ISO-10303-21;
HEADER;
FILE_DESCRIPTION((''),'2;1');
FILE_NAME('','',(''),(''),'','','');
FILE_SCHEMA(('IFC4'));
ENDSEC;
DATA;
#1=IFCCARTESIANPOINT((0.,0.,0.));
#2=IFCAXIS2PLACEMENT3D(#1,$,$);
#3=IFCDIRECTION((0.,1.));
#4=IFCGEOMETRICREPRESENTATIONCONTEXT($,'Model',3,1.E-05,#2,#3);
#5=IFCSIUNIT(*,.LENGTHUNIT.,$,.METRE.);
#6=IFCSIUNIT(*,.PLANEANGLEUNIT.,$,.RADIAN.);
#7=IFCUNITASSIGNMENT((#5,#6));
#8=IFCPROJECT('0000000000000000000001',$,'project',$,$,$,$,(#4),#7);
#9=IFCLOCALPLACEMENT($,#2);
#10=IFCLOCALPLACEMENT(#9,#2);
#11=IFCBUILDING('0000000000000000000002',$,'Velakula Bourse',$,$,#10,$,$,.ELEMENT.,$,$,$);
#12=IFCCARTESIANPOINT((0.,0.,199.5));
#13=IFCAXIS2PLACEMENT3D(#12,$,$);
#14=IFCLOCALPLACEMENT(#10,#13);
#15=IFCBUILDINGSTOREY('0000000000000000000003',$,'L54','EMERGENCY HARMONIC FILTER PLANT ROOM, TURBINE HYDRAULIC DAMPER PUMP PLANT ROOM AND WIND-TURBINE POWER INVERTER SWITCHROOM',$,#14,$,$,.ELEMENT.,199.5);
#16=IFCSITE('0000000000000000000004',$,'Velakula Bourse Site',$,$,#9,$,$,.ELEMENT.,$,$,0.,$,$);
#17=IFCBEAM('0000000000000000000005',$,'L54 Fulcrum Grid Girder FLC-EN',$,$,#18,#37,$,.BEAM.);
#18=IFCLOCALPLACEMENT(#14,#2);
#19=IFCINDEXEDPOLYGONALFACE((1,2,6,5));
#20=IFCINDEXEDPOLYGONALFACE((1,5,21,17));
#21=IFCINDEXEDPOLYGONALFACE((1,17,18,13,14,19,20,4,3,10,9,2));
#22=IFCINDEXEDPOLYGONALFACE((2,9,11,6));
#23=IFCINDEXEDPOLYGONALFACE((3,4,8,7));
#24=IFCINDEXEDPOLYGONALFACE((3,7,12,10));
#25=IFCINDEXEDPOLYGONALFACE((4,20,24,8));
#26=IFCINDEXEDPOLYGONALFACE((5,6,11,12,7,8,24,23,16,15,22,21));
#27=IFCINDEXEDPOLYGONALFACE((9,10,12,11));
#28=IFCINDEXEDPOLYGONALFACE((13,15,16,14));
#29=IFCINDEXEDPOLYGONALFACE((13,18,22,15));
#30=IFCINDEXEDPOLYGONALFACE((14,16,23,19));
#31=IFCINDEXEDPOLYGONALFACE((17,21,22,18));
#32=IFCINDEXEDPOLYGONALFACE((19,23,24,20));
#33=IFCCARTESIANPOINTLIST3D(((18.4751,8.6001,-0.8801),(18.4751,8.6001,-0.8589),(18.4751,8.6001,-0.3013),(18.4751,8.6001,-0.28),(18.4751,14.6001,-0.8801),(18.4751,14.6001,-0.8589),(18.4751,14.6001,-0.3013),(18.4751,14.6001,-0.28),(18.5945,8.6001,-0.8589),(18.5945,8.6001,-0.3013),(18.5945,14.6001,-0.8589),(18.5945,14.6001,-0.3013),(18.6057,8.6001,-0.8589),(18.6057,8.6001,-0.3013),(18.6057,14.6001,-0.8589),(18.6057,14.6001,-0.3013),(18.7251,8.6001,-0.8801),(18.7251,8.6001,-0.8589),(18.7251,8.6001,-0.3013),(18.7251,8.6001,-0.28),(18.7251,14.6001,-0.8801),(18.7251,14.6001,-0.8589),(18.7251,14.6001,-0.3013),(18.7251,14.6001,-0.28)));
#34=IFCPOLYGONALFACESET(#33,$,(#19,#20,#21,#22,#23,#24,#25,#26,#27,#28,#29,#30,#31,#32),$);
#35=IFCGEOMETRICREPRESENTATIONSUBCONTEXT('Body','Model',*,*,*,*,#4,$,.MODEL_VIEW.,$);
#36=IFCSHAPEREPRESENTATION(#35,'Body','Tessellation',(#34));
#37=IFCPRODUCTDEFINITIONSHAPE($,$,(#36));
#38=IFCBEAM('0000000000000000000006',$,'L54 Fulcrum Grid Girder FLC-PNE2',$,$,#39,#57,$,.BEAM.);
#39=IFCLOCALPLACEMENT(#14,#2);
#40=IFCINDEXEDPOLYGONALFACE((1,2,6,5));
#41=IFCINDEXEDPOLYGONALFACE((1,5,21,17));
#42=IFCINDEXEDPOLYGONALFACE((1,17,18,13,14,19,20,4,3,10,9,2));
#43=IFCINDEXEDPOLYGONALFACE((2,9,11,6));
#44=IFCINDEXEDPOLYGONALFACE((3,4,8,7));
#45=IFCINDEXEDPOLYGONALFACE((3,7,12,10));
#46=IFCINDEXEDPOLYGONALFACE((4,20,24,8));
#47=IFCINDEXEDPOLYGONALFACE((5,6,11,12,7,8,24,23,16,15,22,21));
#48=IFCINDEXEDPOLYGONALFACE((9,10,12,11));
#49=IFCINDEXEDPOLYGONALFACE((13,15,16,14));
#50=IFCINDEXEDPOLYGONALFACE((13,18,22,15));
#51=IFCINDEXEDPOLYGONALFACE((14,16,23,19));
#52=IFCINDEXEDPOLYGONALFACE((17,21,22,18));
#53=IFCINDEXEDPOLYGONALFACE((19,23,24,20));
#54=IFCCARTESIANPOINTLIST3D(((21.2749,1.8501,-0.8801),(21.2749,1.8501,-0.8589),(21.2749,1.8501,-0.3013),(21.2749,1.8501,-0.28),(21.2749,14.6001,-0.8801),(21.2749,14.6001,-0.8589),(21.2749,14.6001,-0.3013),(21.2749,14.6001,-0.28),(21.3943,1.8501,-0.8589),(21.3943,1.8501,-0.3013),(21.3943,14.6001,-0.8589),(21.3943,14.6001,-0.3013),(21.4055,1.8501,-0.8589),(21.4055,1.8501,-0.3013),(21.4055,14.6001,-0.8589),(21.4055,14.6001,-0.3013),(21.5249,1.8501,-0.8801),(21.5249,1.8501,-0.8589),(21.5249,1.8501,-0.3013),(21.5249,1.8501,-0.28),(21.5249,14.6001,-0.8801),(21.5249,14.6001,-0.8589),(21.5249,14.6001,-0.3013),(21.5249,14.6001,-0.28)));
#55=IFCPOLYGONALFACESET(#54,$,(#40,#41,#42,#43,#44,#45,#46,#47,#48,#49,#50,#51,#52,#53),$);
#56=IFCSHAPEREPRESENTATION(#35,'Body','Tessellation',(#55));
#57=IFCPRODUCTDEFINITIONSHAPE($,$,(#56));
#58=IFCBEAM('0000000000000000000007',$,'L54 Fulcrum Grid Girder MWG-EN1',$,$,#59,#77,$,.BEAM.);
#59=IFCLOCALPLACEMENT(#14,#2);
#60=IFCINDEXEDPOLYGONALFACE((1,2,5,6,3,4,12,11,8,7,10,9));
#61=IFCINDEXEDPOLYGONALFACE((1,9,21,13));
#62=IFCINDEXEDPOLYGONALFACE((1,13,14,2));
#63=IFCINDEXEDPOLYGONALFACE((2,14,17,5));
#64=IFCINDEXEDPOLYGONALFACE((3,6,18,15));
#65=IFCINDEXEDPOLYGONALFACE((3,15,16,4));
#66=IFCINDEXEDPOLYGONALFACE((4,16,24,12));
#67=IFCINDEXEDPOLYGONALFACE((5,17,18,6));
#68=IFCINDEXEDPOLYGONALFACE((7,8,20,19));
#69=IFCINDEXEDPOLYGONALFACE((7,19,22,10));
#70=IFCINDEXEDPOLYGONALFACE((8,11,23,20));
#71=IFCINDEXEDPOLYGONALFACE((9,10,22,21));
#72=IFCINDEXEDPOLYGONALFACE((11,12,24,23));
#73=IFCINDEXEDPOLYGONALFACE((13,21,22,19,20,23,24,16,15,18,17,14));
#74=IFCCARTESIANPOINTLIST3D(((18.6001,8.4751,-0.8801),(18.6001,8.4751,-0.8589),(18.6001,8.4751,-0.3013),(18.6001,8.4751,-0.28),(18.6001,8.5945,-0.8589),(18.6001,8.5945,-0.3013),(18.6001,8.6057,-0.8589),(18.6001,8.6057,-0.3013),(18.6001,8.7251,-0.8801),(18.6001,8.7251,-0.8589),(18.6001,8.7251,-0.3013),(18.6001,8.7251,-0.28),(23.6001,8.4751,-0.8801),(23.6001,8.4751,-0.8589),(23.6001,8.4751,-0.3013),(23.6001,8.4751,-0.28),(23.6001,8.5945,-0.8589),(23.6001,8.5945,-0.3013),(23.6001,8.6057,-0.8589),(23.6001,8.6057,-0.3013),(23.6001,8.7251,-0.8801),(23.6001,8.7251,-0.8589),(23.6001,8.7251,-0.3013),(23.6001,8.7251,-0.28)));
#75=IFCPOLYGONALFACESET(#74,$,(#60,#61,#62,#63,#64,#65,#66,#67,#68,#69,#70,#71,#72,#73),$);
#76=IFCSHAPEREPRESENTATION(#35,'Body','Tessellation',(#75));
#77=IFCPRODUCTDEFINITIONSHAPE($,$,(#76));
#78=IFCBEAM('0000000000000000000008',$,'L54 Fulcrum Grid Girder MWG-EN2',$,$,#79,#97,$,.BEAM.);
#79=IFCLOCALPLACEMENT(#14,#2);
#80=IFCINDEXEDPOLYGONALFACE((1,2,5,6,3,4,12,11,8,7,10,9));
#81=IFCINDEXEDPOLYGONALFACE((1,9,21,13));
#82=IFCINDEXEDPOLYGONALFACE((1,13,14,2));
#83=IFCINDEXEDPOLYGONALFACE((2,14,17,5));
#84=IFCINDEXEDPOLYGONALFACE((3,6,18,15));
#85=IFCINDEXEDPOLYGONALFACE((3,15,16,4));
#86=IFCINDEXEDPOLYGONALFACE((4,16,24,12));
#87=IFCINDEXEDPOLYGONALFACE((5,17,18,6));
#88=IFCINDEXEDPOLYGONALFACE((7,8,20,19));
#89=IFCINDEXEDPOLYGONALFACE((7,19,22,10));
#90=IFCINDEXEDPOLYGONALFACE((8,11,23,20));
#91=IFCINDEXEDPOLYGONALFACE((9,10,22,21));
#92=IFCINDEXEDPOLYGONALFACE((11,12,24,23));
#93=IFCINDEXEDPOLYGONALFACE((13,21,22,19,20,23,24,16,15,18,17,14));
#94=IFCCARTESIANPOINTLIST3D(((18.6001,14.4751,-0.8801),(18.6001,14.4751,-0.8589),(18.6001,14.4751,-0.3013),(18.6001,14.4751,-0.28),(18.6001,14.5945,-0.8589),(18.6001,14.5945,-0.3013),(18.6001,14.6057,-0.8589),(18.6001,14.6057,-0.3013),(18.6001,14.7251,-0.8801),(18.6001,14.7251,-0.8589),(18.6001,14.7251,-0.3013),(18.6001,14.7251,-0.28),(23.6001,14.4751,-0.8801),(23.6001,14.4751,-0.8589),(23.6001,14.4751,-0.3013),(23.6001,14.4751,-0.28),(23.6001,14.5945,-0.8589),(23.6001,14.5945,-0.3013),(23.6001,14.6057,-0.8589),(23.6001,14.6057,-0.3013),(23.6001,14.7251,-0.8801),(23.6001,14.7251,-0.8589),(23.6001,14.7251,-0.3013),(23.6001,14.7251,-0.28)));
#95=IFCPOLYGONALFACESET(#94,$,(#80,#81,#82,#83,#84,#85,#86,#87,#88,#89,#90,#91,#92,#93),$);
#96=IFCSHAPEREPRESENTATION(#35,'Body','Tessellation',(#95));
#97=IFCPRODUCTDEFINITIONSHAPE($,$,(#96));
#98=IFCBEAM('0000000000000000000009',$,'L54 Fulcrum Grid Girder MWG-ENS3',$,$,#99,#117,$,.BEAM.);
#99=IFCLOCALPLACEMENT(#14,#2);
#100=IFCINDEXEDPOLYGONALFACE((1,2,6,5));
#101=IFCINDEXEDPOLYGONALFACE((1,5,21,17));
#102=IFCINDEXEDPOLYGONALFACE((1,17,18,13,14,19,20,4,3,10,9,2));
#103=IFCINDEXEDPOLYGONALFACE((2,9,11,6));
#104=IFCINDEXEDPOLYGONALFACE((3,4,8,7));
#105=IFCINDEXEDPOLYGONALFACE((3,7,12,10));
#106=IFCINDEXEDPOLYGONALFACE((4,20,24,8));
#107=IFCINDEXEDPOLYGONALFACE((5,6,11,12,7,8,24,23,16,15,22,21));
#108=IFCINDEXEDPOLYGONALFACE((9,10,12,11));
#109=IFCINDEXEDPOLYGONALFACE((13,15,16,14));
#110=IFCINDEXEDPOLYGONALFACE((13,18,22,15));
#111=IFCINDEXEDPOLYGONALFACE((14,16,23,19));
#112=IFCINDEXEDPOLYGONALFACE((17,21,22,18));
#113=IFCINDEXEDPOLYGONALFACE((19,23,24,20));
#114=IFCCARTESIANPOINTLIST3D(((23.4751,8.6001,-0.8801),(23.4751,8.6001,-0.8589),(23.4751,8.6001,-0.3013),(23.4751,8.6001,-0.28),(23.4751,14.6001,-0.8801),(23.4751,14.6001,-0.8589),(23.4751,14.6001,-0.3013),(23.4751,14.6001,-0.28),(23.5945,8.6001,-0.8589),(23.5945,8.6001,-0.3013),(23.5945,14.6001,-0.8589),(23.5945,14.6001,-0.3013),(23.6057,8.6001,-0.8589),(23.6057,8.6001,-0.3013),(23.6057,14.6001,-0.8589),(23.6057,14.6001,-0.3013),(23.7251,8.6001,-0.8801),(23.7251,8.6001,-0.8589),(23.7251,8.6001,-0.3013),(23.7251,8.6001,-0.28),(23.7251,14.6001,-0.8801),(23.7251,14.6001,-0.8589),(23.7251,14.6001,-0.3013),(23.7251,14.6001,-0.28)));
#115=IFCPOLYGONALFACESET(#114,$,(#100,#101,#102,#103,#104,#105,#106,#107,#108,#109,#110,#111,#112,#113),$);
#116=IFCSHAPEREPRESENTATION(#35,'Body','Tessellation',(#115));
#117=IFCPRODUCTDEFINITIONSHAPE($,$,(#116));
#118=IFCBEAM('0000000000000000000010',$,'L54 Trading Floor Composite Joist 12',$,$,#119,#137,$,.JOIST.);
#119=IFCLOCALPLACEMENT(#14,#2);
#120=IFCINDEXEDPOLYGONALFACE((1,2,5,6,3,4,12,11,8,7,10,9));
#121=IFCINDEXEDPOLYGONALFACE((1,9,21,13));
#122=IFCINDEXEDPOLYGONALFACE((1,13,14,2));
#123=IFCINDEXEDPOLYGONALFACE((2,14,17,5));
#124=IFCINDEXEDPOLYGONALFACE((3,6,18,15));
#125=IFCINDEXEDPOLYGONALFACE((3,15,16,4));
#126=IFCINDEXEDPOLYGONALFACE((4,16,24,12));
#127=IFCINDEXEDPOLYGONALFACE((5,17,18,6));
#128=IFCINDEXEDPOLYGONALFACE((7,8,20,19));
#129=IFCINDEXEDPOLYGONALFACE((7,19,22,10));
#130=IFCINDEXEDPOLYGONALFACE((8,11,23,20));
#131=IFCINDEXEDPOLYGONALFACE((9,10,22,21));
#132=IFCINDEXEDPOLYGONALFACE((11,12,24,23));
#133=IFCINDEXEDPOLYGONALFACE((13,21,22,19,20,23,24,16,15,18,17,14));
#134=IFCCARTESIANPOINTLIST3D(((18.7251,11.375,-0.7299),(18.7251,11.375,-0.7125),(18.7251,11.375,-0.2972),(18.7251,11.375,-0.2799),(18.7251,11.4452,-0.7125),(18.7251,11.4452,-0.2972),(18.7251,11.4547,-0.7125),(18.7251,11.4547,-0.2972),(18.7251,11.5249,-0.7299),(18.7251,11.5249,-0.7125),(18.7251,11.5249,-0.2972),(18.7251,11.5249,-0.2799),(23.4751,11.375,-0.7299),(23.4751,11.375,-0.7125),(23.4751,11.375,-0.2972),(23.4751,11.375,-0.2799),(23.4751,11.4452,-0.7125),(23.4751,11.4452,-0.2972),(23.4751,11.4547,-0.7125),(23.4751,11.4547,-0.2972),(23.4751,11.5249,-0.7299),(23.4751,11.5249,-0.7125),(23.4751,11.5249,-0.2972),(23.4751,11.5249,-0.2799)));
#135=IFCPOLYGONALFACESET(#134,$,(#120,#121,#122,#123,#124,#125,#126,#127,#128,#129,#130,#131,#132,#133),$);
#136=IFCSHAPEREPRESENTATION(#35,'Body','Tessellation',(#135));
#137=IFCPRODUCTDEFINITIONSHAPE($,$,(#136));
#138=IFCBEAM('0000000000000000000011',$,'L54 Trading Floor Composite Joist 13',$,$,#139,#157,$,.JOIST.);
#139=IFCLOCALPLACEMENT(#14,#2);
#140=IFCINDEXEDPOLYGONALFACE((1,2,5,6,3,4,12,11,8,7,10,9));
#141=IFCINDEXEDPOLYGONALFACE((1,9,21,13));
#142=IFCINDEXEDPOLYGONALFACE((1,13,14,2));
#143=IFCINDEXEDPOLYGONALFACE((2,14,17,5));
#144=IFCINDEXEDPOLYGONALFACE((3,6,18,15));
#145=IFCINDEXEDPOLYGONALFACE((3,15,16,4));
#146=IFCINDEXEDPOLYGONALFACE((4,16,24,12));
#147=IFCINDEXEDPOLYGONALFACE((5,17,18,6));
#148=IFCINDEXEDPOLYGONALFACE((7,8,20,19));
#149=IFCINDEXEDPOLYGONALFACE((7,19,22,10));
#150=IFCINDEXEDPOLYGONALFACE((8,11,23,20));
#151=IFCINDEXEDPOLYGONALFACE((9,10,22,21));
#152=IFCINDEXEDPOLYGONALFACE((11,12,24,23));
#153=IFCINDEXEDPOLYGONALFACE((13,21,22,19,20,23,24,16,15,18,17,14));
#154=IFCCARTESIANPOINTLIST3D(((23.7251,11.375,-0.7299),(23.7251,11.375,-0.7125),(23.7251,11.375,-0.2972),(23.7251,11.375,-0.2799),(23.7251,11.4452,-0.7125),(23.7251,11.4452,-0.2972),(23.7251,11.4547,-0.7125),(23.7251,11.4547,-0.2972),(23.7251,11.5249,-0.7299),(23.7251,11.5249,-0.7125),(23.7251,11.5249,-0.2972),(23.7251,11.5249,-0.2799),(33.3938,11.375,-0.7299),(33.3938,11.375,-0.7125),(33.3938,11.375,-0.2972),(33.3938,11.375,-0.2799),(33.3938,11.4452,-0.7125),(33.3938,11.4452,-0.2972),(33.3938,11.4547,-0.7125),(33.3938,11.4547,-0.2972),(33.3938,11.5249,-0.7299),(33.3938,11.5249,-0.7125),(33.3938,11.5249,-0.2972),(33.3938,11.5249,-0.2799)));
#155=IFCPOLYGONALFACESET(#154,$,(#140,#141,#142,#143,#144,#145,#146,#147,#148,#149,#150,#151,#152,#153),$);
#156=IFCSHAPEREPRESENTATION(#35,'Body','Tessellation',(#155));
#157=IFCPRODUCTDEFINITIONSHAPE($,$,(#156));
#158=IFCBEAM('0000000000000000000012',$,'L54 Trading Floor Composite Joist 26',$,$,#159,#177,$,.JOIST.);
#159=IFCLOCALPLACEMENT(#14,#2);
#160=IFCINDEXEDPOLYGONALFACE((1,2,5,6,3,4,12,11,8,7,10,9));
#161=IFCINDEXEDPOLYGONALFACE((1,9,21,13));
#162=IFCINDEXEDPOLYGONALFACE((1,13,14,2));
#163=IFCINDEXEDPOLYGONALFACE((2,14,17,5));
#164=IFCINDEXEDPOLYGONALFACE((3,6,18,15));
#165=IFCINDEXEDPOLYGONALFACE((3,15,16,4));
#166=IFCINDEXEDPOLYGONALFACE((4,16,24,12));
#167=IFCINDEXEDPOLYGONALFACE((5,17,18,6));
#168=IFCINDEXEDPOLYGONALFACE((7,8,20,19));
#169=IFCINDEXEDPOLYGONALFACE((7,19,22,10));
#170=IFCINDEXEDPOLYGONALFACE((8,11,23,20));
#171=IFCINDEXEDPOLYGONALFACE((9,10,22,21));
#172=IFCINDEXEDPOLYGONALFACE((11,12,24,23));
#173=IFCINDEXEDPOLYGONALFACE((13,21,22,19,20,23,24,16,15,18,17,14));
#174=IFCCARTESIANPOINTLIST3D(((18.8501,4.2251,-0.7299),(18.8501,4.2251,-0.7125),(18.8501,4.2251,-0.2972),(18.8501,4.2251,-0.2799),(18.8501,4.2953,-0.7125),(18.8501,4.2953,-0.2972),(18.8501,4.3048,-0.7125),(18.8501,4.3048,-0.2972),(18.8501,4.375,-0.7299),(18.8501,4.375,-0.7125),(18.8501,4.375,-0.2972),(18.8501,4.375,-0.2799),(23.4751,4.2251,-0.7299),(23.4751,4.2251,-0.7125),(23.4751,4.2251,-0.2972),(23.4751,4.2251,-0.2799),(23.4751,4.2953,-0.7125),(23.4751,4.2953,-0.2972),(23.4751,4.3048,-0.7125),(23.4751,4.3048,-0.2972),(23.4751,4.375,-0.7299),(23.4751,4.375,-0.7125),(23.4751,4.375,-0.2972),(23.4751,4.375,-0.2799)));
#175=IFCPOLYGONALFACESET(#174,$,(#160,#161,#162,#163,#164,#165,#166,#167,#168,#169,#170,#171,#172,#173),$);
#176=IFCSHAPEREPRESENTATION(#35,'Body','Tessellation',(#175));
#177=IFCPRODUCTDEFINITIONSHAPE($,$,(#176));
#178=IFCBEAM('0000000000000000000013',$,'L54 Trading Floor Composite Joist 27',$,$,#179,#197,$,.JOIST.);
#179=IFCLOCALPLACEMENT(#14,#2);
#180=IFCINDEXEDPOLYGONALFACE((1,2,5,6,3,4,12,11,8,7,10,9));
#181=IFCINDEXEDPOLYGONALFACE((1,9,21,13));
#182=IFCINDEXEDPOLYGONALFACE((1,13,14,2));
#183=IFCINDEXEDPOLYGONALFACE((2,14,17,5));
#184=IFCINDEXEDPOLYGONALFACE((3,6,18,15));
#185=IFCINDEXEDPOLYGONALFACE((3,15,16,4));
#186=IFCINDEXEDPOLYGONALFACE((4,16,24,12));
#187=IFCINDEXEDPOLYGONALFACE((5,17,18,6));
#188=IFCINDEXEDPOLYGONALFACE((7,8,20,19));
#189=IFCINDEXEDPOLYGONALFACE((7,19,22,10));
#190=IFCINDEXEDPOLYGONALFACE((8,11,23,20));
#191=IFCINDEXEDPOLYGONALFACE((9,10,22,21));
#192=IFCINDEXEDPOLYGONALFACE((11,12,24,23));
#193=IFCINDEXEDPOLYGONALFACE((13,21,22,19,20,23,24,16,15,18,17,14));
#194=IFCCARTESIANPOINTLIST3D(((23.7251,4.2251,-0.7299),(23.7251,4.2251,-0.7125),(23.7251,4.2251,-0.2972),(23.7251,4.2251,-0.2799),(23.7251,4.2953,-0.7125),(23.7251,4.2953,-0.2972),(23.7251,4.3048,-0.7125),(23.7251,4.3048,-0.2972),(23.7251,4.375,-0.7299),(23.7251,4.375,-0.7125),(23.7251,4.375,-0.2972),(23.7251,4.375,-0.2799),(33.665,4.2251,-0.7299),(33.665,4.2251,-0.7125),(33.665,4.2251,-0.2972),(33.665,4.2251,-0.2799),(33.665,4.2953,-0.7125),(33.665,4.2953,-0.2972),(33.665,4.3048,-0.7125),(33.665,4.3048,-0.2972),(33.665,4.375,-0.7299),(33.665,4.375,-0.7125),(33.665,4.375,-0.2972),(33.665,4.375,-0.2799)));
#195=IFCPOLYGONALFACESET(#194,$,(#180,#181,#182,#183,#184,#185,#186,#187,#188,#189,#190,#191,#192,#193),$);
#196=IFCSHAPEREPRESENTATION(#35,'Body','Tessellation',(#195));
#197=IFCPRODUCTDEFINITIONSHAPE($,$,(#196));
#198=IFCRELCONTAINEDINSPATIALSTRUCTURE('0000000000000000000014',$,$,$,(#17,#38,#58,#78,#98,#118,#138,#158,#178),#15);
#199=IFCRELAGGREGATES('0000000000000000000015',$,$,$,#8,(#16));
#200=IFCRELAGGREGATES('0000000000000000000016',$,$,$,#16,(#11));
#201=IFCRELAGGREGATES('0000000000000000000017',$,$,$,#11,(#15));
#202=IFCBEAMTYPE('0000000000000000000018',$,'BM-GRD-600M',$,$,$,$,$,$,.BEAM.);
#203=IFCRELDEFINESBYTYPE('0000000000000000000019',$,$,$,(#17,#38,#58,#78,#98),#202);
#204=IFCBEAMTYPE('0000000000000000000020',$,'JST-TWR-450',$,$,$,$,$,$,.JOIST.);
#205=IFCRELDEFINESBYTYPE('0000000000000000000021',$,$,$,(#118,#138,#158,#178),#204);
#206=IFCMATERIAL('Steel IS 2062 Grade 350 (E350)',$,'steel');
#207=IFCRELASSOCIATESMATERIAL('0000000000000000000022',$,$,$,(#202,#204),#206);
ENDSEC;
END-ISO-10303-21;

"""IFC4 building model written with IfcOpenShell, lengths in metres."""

from ifc_helpers import new_model, si_unit, direction, frame, origin, origin_2d, place, context, subcontext, project, spatial, i_section, extrude, material, material_profile, profile_set, type_object, element, save


model = new_model("IFC4")

# Units and contexts
model_context = context("Model", 3, precision=1e-05, world=origin(), true_north=direction((0.0, 1.0)))
body_context = subcontext(model_context, "Body", "Model", "MODEL_VIEW")
ifc_project = project(units=[si_unit("LENGTHUNIT", "METRE"), si_unit("PLANEANGLEUNIT", "RADIAN")], contexts=[model_context])

# Site, building, storey
site_placement = place(None, origin())
site = spatial("IfcSite", under=ifc_project, at=site_placement, Name="Velakula Bourse Site", CompositionType="ELEMENT", RefElevation=0.0)
building_placement = place(site_placement, origin())
building = spatial("IfcBuilding", under=site, at=building_placement, Name="Velakula Bourse", CompositionType="ELEMENT")
storey_placement = place(building_placement, frame((0.0, 0.0, 199.5)))
storey = spatial("IfcBuildingStorey", under=building, at=storey_placement, Name="L54", Description="EMERGENCY HARMONIC FILTER PLANT ROOM, TURBINE HYDRAULIC DAMPER PUMP PLANT ROOM AND WIND-TURBINE POWER INVERTER SWITCHROOM", CompositionType="ELEMENT", Elevation=199.5)

# Shared definitions
ifc_material_1 = material(Name="Steel IS 2062 Grade 350 (E350)", Category="steel")

# Beams
ifc_material_profile_1 = material_profile(ifc_material_1, i_section(OverallWidth=0.25, OverallDepth=0.6001, WebThickness=0.0112, FlangeThickness=0.0212, at=origin_2d()), Name="Steel IS 2062 Grade 350 (E350)")
ifc_profile_set_1 = profile_set([ifc_material_profile_1], Name="Steel IS 2062 Grade 350 (E350)")
beam_type_1 = type_object("IfcBeamType", Name="BM-GRD-600M", PredefinedType="BEAM", material=ifc_profile_set_1)
beam_1_placement = place(storey_placement, frame((18.6001, 8.6001, -0.5801), z_axis=(0.0, 1.0, 0.0), x_axis=(-1.0, 0.0, 0.0)))
element("IfcBeam", 1, at=beam_1_placement, inside=storey, type_object=beam_type_1, Name="L54 Fulcrum Grid Girder FLC-EN", PredefinedType="BEAM", context=body_context, shape_type="SweptSolid", body=[
    extrude(i_section(OverallWidth=0.25, OverallDepth=0.6001, WebThickness=0.0112, FlangeThickness=0.0212, at=origin_2d()), origin(), (0.0, 0.0, 1.0), 6.0),
])
beam_2_placement = place(storey_placement, frame((21.3999, 1.8501, -0.5801), z_axis=(0.0, 1.0, 0.0), x_axis=(-1.0, 0.0, 0.0)))
element("IfcBeam", 2, at=beam_2_placement, inside=storey, type_object=beam_type_1, Name="L54 Fulcrum Grid Girder FLC-PNE2", PredefinedType="BEAM", context=body_context, shape_type="SweptSolid", body=[
    extrude(i_section(OverallWidth=0.25, OverallDepth=0.6001, WebThickness=0.0112, FlangeThickness=0.0212, at=origin_2d()), origin(), (0.0, 0.0, 1.0), 12.75),
])
for number, where, z_axis, x_axis, name in (
    (3, (18.6001, 8.6001, -0.5801), (1.0, 0.0, 0.0), (0.0, 1.0, 0.0), "L54 Fulcrum Grid Girder MWG-EN1"),
    (4, (18.6001, 14.6001, -0.5801), (1.0, 0.0, 0.0), (0.0, 1.0, 0.0), "L54 Fulcrum Grid Girder MWG-EN2"),
):
    element("IfcBeam", number, at=place(storey_placement, frame(where, z_axis=z_axis, x_axis=x_axis)), inside=storey, type_object=beam_type_1, Name=name, PredefinedType="BEAM", context=body_context, shape_type="SweptSolid", body=[
        extrude(i_section(OverallWidth=0.25, OverallDepth=0.6001, WebThickness=0.0112, FlangeThickness=0.0212, at=origin_2d()), origin(), (0.0, 0.0, 1.0), 5.0),
    ])
beam_3_placement = place(storey_placement, frame((23.6001, 8.6001, -0.5801), z_axis=(0.0, 1.0, 0.0), x_axis=(-1.0, 0.0, 0.0)))
element("IfcBeam", 5, at=beam_3_placement, inside=storey, type_object=beam_type_1, Name="L54 Fulcrum Grid Girder MWG-ENS3", PredefinedType="BEAM", context=body_context, shape_type="SweptSolid", body=[
    extrude(i_section(OverallWidth=0.25, OverallDepth=0.6001, WebThickness=0.0112, FlangeThickness=0.0212, at=origin_2d()), origin(), (0.0, 0.0, 1.0), 6.0),
])
ifc_material_profile_2 = material_profile(ifc_material_1, i_section(OverallWidth=0.1499, OverallDepth=0.45, WebThickness=0.0095, FlangeThickness=0.0173, at=origin_2d()), Name="Steel IS 2062 Grade 350 (E350)")
ifc_profile_set_2 = profile_set([ifc_material_profile_2], Name="Steel IS 2062 Grade 350 (E350)")
beam_type_2 = type_object("IfcBeamType", Name="JST-TWR-450", PredefinedType="JOIST", material=ifc_profile_set_2)
beam_4_placement = place(storey_placement, frame((18.7251, 11.45, -0.5049), z_axis=(1.0, 0.0, 0.0), x_axis=(0.0, 1.0, 0.0)))
element("IfcBeam", 6, at=beam_4_placement, inside=storey, type_object=beam_type_2, Name="L54 Trading Floor Composite Joist 12", PredefinedType="JOIST", context=body_context, shape_type="SweptSolid", body=[
    extrude(i_section(OverallWidth=0.1499, OverallDepth=0.45, WebThickness=0.0095, FlangeThickness=0.0173, at=origin_2d()), origin(), (0.0, 0.0, 1.0), 4.75),
])
beam_5_placement = place(storey_placement, frame((23.7251, 11.45, -0.5049), z_axis=(1.0, 0.0, 0.0), x_axis=(0.0, 1.0, 0.0)))
element("IfcBeam", 7, at=beam_5_placement, inside=storey, type_object=beam_type_2, Name="L54 Trading Floor Composite Joist 13", PredefinedType="JOIST", context=body_context, shape_type="SweptSolid", body=[
    extrude(i_section(OverallWidth=0.1499, OverallDepth=0.45, WebThickness=0.0095, FlangeThickness=0.0173, at=origin_2d()), origin(), (0.0, 0.0, 1.0), 9.6687),
])
beam_6_placement = place(storey_placement, frame((18.8501, 4.3, -0.5049), z_axis=(1.0, 0.0, 0.0), x_axis=(0.0, 1.0, 0.0)))
element("IfcBeam", 8, at=beam_6_placement, inside=storey, type_object=beam_type_2, Name="L54 Trading Floor Composite Joist 26", PredefinedType="JOIST", context=body_context, shape_type="SweptSolid", body=[
    extrude(i_section(OverallWidth=0.1499, OverallDepth=0.45, WebThickness=0.0095, FlangeThickness=0.0173, at=origin_2d()), origin(), (0.0, 0.0, 1.0), 4.625),
])
beam_7_placement = place(storey_placement, frame((23.7251, 4.3, -0.5049), z_axis=(1.0, 0.0, 0.0), x_axis=(0.0, 1.0, 0.0)))
element("IfcBeam", 9, at=beam_7_placement, inside=storey, type_object=beam_type_2, Name="L54 Trading Floor Composite Joist 27", PredefinedType="JOIST", context=body_context, shape_type="SweptSolid", body=[
    extrude(i_section(OverallWidth=0.1499, OverallDepth=0.45, WebThickness=0.0095, FlangeThickness=0.0173, at=origin_2d()), origin(), (0.0, 0.0, 1.0), 9.9399),
])

save(model, "model.ifc")
